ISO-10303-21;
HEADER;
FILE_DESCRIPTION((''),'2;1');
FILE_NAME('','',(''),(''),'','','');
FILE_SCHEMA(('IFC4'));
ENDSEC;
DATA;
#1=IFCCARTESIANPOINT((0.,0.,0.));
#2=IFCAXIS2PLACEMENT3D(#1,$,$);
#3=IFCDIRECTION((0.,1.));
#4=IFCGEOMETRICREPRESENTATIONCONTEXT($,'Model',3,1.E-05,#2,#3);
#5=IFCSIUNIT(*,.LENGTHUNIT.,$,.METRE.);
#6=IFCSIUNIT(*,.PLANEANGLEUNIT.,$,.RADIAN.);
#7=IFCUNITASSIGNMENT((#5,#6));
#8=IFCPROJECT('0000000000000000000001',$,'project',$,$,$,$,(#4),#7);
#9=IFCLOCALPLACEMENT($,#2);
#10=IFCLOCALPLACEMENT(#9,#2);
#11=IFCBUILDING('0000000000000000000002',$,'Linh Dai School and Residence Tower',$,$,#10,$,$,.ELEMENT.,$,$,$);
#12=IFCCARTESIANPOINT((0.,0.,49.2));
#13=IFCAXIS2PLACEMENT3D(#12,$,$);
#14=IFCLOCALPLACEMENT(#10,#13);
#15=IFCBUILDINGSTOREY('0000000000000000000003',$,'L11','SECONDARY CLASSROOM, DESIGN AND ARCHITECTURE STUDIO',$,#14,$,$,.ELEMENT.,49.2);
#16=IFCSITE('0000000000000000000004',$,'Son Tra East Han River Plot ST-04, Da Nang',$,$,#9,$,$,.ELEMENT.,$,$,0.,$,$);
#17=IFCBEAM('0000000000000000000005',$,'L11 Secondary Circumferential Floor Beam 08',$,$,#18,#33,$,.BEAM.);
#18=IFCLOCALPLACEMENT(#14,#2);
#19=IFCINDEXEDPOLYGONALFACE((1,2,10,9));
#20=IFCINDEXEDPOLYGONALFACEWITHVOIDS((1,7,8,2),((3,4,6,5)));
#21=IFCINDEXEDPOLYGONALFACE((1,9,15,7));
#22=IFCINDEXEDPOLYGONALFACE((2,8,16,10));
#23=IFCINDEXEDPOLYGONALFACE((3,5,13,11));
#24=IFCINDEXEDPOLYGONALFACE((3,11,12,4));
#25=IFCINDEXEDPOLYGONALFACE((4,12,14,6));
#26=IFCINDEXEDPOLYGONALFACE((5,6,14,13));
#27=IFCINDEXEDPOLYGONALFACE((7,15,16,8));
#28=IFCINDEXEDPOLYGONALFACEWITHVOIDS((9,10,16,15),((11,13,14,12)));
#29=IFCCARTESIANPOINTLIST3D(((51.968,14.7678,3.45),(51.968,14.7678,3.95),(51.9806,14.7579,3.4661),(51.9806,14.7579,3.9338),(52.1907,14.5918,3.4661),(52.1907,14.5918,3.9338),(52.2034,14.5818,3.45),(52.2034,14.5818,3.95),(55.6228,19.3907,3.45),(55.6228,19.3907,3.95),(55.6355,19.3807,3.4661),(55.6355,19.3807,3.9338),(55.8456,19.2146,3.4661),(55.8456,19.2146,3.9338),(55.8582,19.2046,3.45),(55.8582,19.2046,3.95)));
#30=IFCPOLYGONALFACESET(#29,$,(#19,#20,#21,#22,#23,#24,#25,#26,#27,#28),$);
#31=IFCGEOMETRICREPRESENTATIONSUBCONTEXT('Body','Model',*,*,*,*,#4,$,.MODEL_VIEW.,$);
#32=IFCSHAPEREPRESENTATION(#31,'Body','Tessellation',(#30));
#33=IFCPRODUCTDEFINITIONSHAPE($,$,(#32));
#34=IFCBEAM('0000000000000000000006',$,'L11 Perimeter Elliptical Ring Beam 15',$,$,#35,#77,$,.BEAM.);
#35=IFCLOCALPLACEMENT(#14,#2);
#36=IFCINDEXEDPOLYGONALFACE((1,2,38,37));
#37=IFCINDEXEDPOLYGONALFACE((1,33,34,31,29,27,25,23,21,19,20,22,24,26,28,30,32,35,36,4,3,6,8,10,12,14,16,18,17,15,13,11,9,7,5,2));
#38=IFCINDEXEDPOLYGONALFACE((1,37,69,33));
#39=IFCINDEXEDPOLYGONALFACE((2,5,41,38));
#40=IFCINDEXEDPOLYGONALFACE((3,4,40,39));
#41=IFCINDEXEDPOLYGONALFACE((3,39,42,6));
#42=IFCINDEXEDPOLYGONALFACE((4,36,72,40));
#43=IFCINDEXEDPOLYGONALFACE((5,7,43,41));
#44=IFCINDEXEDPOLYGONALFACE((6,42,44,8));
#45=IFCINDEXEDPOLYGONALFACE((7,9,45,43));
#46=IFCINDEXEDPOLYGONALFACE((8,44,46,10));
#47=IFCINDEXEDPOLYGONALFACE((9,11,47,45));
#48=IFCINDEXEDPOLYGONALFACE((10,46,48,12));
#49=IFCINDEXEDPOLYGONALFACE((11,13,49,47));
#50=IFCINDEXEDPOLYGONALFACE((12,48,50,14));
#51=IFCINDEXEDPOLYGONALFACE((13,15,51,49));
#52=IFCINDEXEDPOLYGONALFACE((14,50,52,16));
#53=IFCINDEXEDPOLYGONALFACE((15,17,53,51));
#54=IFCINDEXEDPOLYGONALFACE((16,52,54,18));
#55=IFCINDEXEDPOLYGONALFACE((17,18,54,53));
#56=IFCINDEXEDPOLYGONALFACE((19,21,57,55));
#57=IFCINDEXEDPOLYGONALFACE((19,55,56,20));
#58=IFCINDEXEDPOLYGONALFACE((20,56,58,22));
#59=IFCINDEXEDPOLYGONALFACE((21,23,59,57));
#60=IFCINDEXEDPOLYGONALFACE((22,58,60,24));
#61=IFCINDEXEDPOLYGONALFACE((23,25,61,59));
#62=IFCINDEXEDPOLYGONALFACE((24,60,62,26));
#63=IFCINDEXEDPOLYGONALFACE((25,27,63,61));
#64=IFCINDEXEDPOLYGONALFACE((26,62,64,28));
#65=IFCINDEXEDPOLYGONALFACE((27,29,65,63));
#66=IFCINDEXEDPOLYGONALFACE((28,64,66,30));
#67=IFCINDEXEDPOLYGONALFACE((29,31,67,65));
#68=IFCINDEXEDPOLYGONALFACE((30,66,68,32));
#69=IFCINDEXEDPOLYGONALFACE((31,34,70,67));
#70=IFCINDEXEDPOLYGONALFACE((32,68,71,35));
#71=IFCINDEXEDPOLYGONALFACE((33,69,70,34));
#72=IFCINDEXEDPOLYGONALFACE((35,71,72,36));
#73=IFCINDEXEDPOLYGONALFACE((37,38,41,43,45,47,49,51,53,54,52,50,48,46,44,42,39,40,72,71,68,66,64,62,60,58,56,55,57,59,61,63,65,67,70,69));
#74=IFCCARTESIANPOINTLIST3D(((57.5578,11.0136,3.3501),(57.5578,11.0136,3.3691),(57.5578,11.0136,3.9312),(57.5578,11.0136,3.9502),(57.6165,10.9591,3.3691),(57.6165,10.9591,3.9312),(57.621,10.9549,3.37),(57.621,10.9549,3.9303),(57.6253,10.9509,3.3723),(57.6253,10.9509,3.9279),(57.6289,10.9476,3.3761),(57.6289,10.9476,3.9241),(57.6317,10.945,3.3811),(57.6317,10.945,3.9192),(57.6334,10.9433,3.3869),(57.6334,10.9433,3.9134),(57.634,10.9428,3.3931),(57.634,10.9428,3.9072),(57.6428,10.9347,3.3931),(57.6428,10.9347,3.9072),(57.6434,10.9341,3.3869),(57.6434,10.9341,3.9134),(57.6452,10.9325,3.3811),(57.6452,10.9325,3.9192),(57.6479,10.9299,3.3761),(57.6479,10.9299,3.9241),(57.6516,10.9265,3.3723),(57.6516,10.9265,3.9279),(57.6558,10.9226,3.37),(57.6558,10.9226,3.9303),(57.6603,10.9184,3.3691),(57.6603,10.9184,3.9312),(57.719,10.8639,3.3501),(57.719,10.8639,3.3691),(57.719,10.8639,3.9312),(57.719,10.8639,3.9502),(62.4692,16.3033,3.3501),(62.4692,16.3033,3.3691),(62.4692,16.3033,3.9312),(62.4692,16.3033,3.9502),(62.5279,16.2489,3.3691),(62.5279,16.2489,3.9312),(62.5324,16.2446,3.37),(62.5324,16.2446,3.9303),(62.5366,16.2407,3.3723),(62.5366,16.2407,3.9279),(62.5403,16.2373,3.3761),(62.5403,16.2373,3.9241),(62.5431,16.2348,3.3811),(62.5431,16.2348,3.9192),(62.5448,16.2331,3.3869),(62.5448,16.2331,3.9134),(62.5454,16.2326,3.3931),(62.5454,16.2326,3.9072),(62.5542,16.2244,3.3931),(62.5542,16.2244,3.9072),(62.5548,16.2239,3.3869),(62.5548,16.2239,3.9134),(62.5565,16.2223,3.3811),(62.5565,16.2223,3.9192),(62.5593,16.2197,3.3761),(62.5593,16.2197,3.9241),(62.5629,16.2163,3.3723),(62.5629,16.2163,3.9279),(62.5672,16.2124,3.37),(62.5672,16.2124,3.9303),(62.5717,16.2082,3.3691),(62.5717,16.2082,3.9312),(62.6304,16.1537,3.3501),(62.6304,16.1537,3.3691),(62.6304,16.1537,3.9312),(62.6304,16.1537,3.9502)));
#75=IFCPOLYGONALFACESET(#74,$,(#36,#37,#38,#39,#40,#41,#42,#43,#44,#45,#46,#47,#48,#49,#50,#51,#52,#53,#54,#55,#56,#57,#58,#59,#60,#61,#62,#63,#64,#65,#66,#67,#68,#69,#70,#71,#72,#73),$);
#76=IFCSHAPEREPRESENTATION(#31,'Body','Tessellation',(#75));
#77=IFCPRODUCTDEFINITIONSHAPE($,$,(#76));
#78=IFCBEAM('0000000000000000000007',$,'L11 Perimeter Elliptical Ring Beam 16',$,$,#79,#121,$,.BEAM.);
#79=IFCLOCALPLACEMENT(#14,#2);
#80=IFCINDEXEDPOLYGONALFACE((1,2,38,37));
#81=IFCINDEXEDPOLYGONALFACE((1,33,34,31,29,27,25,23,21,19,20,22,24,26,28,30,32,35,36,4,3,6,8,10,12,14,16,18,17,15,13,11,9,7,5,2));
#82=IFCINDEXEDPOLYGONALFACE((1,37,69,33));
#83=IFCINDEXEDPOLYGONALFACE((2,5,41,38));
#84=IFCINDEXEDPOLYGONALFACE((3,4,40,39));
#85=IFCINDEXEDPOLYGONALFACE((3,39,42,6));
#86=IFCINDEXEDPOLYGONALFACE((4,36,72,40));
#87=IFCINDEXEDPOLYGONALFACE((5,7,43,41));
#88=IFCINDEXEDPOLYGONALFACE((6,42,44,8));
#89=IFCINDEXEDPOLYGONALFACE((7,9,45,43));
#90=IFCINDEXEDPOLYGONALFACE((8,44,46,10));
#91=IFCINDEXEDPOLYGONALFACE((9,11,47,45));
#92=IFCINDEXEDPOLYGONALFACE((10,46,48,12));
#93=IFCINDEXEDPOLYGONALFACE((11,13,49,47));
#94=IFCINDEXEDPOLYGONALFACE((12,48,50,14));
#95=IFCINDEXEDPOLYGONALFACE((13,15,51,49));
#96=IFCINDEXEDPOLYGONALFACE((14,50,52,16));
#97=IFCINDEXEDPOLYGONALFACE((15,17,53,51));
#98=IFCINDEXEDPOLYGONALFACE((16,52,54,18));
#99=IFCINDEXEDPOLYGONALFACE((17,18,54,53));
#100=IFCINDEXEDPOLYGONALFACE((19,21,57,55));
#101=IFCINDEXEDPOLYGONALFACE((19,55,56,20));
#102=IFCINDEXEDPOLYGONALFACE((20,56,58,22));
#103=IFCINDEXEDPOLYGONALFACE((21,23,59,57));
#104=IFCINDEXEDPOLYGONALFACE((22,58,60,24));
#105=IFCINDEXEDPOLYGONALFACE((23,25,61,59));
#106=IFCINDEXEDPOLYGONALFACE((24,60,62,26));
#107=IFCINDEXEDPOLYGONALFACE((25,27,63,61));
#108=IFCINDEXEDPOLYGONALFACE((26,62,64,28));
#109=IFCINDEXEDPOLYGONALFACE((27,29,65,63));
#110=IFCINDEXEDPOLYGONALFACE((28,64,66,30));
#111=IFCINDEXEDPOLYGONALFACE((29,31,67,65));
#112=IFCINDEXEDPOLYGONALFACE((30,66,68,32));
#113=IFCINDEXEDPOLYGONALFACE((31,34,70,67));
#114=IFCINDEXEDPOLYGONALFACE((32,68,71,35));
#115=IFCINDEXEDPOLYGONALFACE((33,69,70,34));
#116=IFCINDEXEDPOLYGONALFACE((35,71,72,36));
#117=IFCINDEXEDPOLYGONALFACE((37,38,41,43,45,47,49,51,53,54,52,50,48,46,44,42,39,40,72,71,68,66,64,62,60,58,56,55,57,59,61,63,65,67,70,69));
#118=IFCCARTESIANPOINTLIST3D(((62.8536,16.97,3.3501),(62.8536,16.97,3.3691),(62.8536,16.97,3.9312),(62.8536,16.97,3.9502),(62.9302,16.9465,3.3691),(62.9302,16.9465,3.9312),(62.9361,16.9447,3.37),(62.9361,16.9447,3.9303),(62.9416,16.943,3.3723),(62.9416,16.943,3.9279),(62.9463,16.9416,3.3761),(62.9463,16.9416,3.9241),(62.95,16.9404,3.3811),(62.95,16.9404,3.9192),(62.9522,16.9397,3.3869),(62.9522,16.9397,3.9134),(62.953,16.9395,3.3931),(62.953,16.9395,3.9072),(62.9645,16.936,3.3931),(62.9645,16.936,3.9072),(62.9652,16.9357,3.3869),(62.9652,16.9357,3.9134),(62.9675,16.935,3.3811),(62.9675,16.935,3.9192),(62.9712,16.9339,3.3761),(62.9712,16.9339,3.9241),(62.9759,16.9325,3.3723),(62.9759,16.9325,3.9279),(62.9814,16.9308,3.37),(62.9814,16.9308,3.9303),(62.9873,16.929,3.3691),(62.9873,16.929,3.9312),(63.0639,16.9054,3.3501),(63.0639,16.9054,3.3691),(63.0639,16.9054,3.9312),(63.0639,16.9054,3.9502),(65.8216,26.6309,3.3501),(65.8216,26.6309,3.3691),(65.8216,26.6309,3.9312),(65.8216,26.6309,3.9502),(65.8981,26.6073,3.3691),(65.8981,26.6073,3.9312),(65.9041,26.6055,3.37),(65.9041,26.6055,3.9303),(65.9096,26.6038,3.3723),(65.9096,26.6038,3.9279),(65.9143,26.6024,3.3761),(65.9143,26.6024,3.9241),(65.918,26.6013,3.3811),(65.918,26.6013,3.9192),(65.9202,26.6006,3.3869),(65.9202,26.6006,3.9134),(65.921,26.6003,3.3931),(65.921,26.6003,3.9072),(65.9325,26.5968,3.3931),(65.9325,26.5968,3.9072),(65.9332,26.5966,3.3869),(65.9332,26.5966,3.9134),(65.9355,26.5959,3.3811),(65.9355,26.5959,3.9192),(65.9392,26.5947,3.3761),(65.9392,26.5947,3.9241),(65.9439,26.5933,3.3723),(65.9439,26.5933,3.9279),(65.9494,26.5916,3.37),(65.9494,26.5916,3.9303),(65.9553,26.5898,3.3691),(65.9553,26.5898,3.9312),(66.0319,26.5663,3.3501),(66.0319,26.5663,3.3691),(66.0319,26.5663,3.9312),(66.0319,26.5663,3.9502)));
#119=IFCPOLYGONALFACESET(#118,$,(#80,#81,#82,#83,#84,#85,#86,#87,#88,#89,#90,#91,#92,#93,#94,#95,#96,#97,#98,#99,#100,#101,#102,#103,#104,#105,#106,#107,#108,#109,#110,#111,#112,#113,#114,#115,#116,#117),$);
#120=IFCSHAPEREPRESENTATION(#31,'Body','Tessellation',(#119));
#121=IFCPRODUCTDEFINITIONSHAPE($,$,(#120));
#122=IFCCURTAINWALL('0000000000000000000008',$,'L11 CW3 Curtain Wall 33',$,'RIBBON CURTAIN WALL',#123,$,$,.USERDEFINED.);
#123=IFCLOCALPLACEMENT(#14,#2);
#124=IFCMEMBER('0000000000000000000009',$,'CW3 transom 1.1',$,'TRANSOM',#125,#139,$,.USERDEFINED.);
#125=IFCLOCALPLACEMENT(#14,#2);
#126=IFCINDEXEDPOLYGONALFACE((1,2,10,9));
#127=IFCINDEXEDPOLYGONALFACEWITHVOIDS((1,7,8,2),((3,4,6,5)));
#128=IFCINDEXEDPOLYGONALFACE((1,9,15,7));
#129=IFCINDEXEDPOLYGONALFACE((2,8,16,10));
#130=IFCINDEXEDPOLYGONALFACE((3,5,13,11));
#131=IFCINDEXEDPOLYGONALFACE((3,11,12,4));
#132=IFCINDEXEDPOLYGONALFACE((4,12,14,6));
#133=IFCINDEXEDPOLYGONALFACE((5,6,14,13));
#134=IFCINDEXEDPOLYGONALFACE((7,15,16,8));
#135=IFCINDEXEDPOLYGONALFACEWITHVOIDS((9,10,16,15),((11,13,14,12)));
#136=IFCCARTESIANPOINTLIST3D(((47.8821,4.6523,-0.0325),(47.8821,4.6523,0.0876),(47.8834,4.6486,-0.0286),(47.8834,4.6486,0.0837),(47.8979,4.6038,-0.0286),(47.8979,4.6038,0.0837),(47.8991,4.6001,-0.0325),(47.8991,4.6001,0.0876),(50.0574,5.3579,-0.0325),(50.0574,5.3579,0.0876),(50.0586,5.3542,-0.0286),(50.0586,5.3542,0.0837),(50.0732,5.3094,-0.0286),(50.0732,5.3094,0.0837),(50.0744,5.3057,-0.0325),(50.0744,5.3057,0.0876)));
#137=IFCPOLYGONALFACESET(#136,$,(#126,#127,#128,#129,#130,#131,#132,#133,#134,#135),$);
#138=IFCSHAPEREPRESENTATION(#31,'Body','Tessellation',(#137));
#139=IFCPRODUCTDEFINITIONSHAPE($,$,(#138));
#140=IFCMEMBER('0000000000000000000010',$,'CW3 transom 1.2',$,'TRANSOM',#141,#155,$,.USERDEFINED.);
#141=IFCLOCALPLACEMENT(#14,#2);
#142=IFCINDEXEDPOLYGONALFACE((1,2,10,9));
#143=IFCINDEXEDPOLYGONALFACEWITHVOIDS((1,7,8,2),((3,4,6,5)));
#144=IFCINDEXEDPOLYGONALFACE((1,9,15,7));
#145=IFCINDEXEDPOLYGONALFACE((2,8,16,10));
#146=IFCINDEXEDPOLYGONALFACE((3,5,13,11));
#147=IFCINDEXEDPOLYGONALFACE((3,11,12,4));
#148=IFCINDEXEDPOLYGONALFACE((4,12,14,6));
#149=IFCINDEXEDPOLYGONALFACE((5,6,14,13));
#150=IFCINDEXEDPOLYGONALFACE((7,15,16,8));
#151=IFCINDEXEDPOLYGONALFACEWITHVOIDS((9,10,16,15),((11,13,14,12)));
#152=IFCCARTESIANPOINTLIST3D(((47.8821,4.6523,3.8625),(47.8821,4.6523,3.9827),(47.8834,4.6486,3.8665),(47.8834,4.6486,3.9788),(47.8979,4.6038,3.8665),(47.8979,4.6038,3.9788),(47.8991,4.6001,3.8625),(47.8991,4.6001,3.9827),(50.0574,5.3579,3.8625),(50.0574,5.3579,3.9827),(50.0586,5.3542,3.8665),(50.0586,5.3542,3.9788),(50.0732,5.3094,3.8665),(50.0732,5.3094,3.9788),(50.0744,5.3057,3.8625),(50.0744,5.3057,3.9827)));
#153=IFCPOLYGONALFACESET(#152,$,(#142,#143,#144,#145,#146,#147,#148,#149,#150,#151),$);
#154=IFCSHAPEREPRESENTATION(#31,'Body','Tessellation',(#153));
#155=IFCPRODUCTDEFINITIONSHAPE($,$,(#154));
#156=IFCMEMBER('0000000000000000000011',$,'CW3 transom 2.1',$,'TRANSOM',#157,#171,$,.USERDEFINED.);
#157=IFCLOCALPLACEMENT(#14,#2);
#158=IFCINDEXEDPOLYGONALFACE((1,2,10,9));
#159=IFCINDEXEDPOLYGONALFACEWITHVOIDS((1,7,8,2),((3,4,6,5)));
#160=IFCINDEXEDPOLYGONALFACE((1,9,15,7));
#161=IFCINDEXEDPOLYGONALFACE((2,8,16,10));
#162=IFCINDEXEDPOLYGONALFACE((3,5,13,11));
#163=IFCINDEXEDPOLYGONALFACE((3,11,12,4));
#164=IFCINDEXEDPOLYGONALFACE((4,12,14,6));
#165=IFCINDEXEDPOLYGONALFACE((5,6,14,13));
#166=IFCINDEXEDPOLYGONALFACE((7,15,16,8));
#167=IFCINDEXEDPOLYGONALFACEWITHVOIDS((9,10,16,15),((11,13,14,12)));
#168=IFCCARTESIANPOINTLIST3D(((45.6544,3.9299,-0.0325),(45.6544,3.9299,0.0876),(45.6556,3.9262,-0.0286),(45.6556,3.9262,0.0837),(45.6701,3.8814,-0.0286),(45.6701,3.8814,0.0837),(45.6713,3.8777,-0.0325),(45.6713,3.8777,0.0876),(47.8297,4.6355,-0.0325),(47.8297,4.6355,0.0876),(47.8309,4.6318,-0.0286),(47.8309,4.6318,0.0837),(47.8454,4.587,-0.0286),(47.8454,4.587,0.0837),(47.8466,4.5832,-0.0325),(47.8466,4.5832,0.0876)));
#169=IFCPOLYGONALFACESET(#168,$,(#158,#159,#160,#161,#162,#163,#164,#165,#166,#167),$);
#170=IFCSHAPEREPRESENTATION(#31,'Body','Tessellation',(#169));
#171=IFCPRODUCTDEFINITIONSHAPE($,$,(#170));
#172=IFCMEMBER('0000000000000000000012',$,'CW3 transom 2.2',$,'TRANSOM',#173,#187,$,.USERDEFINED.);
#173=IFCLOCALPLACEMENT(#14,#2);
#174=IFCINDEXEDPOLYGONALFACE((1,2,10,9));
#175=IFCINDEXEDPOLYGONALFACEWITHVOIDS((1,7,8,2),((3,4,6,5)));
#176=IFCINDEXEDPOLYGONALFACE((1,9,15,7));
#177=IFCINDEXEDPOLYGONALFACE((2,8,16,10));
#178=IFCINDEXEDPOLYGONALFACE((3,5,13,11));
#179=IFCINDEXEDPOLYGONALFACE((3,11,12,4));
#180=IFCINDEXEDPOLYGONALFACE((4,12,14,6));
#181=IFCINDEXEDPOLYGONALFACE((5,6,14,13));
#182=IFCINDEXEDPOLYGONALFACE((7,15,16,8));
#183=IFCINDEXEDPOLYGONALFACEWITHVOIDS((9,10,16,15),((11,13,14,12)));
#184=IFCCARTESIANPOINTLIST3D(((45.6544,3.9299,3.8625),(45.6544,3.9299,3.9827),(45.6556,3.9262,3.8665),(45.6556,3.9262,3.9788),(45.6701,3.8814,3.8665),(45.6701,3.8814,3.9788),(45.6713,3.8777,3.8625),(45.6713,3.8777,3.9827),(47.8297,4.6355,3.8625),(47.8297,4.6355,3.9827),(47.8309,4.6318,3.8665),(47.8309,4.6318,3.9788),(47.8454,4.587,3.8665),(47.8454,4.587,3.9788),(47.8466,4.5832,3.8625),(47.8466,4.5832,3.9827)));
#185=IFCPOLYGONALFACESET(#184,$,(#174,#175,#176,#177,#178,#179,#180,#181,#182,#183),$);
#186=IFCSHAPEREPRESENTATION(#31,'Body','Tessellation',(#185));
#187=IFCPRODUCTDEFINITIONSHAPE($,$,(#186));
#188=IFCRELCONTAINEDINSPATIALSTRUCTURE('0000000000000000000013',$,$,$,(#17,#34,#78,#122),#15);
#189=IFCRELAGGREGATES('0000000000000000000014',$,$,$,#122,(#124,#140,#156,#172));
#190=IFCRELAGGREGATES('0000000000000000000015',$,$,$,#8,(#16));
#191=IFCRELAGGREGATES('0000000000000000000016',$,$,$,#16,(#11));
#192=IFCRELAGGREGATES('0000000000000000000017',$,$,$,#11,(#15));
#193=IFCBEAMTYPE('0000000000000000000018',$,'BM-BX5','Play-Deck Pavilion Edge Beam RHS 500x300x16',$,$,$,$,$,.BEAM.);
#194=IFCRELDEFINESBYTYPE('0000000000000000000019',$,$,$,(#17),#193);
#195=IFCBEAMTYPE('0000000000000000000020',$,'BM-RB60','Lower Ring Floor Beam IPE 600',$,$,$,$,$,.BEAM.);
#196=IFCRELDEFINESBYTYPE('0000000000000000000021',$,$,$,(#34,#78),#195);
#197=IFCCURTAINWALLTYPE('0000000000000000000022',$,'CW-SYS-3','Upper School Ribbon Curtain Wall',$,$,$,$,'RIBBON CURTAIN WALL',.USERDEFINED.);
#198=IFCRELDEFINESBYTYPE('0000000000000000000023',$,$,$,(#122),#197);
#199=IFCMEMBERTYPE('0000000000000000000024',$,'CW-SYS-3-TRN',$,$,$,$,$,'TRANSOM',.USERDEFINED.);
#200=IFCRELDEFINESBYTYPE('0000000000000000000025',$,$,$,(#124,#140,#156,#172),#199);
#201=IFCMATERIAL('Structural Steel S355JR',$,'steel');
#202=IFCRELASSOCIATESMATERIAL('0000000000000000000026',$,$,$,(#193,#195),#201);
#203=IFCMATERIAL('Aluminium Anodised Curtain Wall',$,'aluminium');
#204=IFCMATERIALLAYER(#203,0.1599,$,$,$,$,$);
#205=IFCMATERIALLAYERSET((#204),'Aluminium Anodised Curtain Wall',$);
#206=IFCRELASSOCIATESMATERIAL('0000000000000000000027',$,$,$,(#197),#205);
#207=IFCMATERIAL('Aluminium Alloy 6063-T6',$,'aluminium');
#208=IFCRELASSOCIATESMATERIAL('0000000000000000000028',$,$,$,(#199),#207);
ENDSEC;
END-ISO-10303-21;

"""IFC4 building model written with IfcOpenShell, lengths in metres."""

from ifc_helpers import new_model, si_unit, direction, frame, origin, origin_2d, place, context, subcontext, project, spatial, hollow_rectangle, i_section, extrude, source, transform, mapped, material, layer, layer_set, material_profile, profile_set, type_object, element, aggregate, save


model = new_model("IFC4")

# Units and contexts
model_context = context("Model", 3, precision=1e-05, world=origin(), true_north=direction((0.0, 1.0)))
body_context = subcontext(model_context, "Body", "Model", "MODEL_VIEW")
ifc_project = project(units=[si_unit("LENGTHUNIT", "METRE"), si_unit("PLANEANGLEUNIT", "RADIAN")], contexts=[model_context])

# Site, building, storey
site_placement = place(None, origin())
site = spatial("IfcSite", under=ifc_project, at=site_placement, Name="Son Tra East Han River Plot ST-04, Da Nang", CompositionType="ELEMENT", RefElevation=0.0)
building_placement = place(site_placement, origin())
building = spatial("IfcBuilding", under=site, at=building_placement, Name="Linh Dai School and Residence Tower", CompositionType="ELEMENT")
storey_placement = place(building_placement, frame((0.0, 0.0, 49.2)))
storey = spatial("IfcBuildingStorey", under=building, at=storey_placement, Name="L11", Description="SECONDARY CLASSROOM, DESIGN AND ARCHITECTURE STUDIO", CompositionType="ELEMENT", Elevation=49.2)

# Shared definitions
ifc_material_1 = material(Name="Structural Steel S355JR", Category="steel")

# Beams
ifc_material_profile_1 = material_profile(ifc_material_1, hollow_rectangle(XDim=0.3, YDim=0.5, WallThickness=0.0161, at=origin_2d()), Name="RHS 500x300x16")
ifc_profile_set_1 = profile_set([ifc_material_profile_1], Name="Structural Steel S355JR")
beam_type_1 = type_object("IfcBeamType", Name="BM-BX5", Description="Play-Deck Pavilion Edge Beam RHS 500x300x16", PredefinedType="BEAM", material=ifc_profile_set_1)
beam_1_placement = place(storey_placement, frame((52.0857, 14.6748, 3.7), z_axis=(0.620188, 0.784453, 0.0), x_axis=(-0.784453, 0.620188, 0.0)))
element("IfcBeam", 1, at=beam_1_placement, inside=storey, type_object=beam_type_1, Name="L11 Secondary Circumferential Floor Beam 08", PredefinedType="BEAM", context=body_context, shape_type="SweptSolid", body=[
    extrude(hollow_rectangle(XDim=0.3, YDim=0.5, WallThickness=0.0161, at=origin_2d()), origin(), (0.0, 0.0, 1.0), 5.8931),
])
ifc_material_profile_2 = material_profile(ifc_material_1, i_section(OverallWidth=0.22, OverallDepth=0.6001, WebThickness=0.012, FlangeThickness=0.019, FilletRadius=0.0239, at=origin_2d()), Name="IPE 600")
ifc_profile_set_2 = profile_set([ifc_material_profile_2], Name="Structural Steel S355JR")
beam_type_2 = type_object("IfcBeamType", Name="BM-RB60", Description="Lower Ring Floor Beam IPE 600", PredefinedType="BEAM", material=ifc_profile_set_2)
beam_2_placement = place(storey_placement, frame((57.6384, 10.9387, 3.6501), z_axis=(0.680408, 0.732833, 0.0), x_axis=(-0.732833, 0.680408, 0.0)))
element("IfcBeam", 2, at=beam_2_placement, inside=storey, type_object=beam_type_2, Name="L11 Perimeter Elliptical Ring Beam 15", PredefinedType="BEAM", context=body_context, shape_type="SweptSolid", body=[
    extrude(i_section(OverallWidth=0.22, OverallDepth=0.6001, WebThickness=0.012, FlangeThickness=0.019, FilletRadius=0.0239, at=origin_2d()), origin(), (0.0, 0.0, 1.0), 7.2183),
])
beam_3_placement = place(storey_placement, frame((62.9587, 16.9377, 3.6501), z_axis=(0.293673, 0.955906, 0.0), x_axis=(-0.955906, 0.293673, 0.0)))
element("IfcBeam", 3, at=beam_3_placement, inside=storey, type_object=beam_type_2, Name="L11 Perimeter Elliptical Ring Beam 16", PredefinedType="BEAM", context=body_context, shape_type="SweptSolid", body=[
    extrude(i_section(OverallWidth=0.22, OverallDepth=0.6001, WebThickness=0.012, FlangeThickness=0.019, FilletRadius=0.0239, at=origin_2d()), origin(), (0.0, 0.0, 1.0), 10.1064),
])

# Curtain wall, members
ifc_material_2 = material(Name="Aluminium Anodised Curtain Wall", Category="aluminium")
ifc_layer_1 = layer(ifc_material_2, 0.1599)
ifc_layer_set_1 = layer_set([ifc_layer_1], Name="Aluminium Anodised Curtain Wall")
curtain_wall_type = type_object("IfcCurtainWallType", Name="CW-SYS-3", Description="Upper School Ribbon Curtain Wall", ElementType="RIBBON CURTAIN WALL", PredefinedType="USERDEFINED", material=ifc_layer_set_1)
curtain_wall_placement = place(storey_placement, origin())
curtain_wall = element("IfcCurtainWall", 4, at=curtain_wall_placement, inside=storey, type_object=curtain_wall_type, Name="L11 CW3 Curtain Wall 33", ObjectType="RIBBON CURTAIN WALL", PredefinedType="USERDEFINED")
ifc_material_3 = material(Name="Aluminium Alloy 6063-T6", Category="aluminium")
ifc_material_profile_3 = material_profile(ifc_material_3, hollow_rectangle(XDim=0.0549, YDim=0.1201, WallThickness=0.0039, at=origin_2d()), Name="RHS 120x55x4")
ifc_profile_set_3 = profile_set([ifc_material_profile_3], Name="Aluminium Alloy 6063-T6")
member_type_1 = type_object("IfcMemberType", Name="CW-SYS-3-TRN", ElementType="TRANSOM", PredefinedType="USERDEFINED", material=ifc_profile_set_3)
shared_shape_1 = source(origin(), body_context, "Body", "SweptSolid", [
    extrude(hollow_rectangle(XDim=0.0549, YDim=0.1201, WallThickness=0.0039, at=origin_2d()), origin(), (0.0, 0.0, 1.0), 2.2869),
])
member_1_placement = place(storey_placement, frame((50.0659, 5.3318, 0.0276), z_axis=(-0.951214, -0.308531, 0.0), x_axis=(0.308531, -0.951214, 0.0)))
member_1 = element("IfcMember", 5, at=member_1_placement, type_object=member_type_1, Name="CW3 transom 1.1", ObjectType="TRANSOM", PredefinedType="USERDEFINED", context=body_context, shape_type="MappedRepresentation", body=[
    mapped(shared_shape_1, transform((0.0, 0.0, 0.0), x_axis=(1.0, 0.0, 0.0), y_axis=(0.0, 1.0, 0.0), z_axis=(0.0, 0.0, 1.0), scale=1.0)),
])
member_2_placement = place(storey_placement, frame((50.0659, 5.3318, 3.9226), z_axis=(-0.951214, -0.308531, 0.0), x_axis=(0.308531, -0.951214, 0.0)))
member_2 = element("IfcMember", 6, at=member_2_placement, type_object=member_type_1, Name="CW3 transom 1.2", ObjectType="TRANSOM", PredefinedType="USERDEFINED", context=body_context, shape_type="MappedRepresentation", body=[
    mapped(shared_shape_1, transform((0.0, 0.0, 0.0), x_axis=(1.0, 0.0, 0.0), y_axis=(0.0, 1.0, 0.0), z_axis=(0.0, 0.0, 1.0), scale=1.0)),
])
member_3_placement = place(storey_placement, frame((47.8381, 4.6094, 0.0276), z_axis=(-0.951214, -0.308531, 0.0), x_axis=(0.308531, -0.951214, 0.0)))
member_3 = element("IfcMember", 7, at=member_3_placement, type_object=member_type_1, Name="CW3 transom 2.1", ObjectType="TRANSOM", PredefinedType="USERDEFINED", context=body_context, shape_type="MappedRepresentation", body=[
    mapped(shared_shape_1, transform((0.0, 0.0, 0.0), x_axis=(1.0, 0.0, 0.0), y_axis=(0.0, 1.0, 0.0), z_axis=(0.0, 0.0, 1.0), scale=1.0)),
])
member_4_placement = place(storey_placement, frame((47.8381, 4.6094, 3.9226), z_axis=(-0.951214, -0.308531, 0.0), x_axis=(0.308531, -0.951214, 0.0)))
member_4 = element("IfcMember", 8, at=member_4_placement, type_object=member_type_1, Name="CW3 transom 2.2", ObjectType="TRANSOM", PredefinedType="USERDEFINED", context=body_context, shape_type="MappedRepresentation", body=[
    mapped(shared_shape_1, transform((0.0, 0.0, 0.0), x_axis=(1.0, 0.0, 0.0), y_axis=(0.0, 1.0, 0.0), z_axis=(0.0, 0.0, 1.0), scale=1.0)),
])

aggregate(curtain_wall, [member_1, member_2, member_3, member_4])

save(model, "model.ifc")
